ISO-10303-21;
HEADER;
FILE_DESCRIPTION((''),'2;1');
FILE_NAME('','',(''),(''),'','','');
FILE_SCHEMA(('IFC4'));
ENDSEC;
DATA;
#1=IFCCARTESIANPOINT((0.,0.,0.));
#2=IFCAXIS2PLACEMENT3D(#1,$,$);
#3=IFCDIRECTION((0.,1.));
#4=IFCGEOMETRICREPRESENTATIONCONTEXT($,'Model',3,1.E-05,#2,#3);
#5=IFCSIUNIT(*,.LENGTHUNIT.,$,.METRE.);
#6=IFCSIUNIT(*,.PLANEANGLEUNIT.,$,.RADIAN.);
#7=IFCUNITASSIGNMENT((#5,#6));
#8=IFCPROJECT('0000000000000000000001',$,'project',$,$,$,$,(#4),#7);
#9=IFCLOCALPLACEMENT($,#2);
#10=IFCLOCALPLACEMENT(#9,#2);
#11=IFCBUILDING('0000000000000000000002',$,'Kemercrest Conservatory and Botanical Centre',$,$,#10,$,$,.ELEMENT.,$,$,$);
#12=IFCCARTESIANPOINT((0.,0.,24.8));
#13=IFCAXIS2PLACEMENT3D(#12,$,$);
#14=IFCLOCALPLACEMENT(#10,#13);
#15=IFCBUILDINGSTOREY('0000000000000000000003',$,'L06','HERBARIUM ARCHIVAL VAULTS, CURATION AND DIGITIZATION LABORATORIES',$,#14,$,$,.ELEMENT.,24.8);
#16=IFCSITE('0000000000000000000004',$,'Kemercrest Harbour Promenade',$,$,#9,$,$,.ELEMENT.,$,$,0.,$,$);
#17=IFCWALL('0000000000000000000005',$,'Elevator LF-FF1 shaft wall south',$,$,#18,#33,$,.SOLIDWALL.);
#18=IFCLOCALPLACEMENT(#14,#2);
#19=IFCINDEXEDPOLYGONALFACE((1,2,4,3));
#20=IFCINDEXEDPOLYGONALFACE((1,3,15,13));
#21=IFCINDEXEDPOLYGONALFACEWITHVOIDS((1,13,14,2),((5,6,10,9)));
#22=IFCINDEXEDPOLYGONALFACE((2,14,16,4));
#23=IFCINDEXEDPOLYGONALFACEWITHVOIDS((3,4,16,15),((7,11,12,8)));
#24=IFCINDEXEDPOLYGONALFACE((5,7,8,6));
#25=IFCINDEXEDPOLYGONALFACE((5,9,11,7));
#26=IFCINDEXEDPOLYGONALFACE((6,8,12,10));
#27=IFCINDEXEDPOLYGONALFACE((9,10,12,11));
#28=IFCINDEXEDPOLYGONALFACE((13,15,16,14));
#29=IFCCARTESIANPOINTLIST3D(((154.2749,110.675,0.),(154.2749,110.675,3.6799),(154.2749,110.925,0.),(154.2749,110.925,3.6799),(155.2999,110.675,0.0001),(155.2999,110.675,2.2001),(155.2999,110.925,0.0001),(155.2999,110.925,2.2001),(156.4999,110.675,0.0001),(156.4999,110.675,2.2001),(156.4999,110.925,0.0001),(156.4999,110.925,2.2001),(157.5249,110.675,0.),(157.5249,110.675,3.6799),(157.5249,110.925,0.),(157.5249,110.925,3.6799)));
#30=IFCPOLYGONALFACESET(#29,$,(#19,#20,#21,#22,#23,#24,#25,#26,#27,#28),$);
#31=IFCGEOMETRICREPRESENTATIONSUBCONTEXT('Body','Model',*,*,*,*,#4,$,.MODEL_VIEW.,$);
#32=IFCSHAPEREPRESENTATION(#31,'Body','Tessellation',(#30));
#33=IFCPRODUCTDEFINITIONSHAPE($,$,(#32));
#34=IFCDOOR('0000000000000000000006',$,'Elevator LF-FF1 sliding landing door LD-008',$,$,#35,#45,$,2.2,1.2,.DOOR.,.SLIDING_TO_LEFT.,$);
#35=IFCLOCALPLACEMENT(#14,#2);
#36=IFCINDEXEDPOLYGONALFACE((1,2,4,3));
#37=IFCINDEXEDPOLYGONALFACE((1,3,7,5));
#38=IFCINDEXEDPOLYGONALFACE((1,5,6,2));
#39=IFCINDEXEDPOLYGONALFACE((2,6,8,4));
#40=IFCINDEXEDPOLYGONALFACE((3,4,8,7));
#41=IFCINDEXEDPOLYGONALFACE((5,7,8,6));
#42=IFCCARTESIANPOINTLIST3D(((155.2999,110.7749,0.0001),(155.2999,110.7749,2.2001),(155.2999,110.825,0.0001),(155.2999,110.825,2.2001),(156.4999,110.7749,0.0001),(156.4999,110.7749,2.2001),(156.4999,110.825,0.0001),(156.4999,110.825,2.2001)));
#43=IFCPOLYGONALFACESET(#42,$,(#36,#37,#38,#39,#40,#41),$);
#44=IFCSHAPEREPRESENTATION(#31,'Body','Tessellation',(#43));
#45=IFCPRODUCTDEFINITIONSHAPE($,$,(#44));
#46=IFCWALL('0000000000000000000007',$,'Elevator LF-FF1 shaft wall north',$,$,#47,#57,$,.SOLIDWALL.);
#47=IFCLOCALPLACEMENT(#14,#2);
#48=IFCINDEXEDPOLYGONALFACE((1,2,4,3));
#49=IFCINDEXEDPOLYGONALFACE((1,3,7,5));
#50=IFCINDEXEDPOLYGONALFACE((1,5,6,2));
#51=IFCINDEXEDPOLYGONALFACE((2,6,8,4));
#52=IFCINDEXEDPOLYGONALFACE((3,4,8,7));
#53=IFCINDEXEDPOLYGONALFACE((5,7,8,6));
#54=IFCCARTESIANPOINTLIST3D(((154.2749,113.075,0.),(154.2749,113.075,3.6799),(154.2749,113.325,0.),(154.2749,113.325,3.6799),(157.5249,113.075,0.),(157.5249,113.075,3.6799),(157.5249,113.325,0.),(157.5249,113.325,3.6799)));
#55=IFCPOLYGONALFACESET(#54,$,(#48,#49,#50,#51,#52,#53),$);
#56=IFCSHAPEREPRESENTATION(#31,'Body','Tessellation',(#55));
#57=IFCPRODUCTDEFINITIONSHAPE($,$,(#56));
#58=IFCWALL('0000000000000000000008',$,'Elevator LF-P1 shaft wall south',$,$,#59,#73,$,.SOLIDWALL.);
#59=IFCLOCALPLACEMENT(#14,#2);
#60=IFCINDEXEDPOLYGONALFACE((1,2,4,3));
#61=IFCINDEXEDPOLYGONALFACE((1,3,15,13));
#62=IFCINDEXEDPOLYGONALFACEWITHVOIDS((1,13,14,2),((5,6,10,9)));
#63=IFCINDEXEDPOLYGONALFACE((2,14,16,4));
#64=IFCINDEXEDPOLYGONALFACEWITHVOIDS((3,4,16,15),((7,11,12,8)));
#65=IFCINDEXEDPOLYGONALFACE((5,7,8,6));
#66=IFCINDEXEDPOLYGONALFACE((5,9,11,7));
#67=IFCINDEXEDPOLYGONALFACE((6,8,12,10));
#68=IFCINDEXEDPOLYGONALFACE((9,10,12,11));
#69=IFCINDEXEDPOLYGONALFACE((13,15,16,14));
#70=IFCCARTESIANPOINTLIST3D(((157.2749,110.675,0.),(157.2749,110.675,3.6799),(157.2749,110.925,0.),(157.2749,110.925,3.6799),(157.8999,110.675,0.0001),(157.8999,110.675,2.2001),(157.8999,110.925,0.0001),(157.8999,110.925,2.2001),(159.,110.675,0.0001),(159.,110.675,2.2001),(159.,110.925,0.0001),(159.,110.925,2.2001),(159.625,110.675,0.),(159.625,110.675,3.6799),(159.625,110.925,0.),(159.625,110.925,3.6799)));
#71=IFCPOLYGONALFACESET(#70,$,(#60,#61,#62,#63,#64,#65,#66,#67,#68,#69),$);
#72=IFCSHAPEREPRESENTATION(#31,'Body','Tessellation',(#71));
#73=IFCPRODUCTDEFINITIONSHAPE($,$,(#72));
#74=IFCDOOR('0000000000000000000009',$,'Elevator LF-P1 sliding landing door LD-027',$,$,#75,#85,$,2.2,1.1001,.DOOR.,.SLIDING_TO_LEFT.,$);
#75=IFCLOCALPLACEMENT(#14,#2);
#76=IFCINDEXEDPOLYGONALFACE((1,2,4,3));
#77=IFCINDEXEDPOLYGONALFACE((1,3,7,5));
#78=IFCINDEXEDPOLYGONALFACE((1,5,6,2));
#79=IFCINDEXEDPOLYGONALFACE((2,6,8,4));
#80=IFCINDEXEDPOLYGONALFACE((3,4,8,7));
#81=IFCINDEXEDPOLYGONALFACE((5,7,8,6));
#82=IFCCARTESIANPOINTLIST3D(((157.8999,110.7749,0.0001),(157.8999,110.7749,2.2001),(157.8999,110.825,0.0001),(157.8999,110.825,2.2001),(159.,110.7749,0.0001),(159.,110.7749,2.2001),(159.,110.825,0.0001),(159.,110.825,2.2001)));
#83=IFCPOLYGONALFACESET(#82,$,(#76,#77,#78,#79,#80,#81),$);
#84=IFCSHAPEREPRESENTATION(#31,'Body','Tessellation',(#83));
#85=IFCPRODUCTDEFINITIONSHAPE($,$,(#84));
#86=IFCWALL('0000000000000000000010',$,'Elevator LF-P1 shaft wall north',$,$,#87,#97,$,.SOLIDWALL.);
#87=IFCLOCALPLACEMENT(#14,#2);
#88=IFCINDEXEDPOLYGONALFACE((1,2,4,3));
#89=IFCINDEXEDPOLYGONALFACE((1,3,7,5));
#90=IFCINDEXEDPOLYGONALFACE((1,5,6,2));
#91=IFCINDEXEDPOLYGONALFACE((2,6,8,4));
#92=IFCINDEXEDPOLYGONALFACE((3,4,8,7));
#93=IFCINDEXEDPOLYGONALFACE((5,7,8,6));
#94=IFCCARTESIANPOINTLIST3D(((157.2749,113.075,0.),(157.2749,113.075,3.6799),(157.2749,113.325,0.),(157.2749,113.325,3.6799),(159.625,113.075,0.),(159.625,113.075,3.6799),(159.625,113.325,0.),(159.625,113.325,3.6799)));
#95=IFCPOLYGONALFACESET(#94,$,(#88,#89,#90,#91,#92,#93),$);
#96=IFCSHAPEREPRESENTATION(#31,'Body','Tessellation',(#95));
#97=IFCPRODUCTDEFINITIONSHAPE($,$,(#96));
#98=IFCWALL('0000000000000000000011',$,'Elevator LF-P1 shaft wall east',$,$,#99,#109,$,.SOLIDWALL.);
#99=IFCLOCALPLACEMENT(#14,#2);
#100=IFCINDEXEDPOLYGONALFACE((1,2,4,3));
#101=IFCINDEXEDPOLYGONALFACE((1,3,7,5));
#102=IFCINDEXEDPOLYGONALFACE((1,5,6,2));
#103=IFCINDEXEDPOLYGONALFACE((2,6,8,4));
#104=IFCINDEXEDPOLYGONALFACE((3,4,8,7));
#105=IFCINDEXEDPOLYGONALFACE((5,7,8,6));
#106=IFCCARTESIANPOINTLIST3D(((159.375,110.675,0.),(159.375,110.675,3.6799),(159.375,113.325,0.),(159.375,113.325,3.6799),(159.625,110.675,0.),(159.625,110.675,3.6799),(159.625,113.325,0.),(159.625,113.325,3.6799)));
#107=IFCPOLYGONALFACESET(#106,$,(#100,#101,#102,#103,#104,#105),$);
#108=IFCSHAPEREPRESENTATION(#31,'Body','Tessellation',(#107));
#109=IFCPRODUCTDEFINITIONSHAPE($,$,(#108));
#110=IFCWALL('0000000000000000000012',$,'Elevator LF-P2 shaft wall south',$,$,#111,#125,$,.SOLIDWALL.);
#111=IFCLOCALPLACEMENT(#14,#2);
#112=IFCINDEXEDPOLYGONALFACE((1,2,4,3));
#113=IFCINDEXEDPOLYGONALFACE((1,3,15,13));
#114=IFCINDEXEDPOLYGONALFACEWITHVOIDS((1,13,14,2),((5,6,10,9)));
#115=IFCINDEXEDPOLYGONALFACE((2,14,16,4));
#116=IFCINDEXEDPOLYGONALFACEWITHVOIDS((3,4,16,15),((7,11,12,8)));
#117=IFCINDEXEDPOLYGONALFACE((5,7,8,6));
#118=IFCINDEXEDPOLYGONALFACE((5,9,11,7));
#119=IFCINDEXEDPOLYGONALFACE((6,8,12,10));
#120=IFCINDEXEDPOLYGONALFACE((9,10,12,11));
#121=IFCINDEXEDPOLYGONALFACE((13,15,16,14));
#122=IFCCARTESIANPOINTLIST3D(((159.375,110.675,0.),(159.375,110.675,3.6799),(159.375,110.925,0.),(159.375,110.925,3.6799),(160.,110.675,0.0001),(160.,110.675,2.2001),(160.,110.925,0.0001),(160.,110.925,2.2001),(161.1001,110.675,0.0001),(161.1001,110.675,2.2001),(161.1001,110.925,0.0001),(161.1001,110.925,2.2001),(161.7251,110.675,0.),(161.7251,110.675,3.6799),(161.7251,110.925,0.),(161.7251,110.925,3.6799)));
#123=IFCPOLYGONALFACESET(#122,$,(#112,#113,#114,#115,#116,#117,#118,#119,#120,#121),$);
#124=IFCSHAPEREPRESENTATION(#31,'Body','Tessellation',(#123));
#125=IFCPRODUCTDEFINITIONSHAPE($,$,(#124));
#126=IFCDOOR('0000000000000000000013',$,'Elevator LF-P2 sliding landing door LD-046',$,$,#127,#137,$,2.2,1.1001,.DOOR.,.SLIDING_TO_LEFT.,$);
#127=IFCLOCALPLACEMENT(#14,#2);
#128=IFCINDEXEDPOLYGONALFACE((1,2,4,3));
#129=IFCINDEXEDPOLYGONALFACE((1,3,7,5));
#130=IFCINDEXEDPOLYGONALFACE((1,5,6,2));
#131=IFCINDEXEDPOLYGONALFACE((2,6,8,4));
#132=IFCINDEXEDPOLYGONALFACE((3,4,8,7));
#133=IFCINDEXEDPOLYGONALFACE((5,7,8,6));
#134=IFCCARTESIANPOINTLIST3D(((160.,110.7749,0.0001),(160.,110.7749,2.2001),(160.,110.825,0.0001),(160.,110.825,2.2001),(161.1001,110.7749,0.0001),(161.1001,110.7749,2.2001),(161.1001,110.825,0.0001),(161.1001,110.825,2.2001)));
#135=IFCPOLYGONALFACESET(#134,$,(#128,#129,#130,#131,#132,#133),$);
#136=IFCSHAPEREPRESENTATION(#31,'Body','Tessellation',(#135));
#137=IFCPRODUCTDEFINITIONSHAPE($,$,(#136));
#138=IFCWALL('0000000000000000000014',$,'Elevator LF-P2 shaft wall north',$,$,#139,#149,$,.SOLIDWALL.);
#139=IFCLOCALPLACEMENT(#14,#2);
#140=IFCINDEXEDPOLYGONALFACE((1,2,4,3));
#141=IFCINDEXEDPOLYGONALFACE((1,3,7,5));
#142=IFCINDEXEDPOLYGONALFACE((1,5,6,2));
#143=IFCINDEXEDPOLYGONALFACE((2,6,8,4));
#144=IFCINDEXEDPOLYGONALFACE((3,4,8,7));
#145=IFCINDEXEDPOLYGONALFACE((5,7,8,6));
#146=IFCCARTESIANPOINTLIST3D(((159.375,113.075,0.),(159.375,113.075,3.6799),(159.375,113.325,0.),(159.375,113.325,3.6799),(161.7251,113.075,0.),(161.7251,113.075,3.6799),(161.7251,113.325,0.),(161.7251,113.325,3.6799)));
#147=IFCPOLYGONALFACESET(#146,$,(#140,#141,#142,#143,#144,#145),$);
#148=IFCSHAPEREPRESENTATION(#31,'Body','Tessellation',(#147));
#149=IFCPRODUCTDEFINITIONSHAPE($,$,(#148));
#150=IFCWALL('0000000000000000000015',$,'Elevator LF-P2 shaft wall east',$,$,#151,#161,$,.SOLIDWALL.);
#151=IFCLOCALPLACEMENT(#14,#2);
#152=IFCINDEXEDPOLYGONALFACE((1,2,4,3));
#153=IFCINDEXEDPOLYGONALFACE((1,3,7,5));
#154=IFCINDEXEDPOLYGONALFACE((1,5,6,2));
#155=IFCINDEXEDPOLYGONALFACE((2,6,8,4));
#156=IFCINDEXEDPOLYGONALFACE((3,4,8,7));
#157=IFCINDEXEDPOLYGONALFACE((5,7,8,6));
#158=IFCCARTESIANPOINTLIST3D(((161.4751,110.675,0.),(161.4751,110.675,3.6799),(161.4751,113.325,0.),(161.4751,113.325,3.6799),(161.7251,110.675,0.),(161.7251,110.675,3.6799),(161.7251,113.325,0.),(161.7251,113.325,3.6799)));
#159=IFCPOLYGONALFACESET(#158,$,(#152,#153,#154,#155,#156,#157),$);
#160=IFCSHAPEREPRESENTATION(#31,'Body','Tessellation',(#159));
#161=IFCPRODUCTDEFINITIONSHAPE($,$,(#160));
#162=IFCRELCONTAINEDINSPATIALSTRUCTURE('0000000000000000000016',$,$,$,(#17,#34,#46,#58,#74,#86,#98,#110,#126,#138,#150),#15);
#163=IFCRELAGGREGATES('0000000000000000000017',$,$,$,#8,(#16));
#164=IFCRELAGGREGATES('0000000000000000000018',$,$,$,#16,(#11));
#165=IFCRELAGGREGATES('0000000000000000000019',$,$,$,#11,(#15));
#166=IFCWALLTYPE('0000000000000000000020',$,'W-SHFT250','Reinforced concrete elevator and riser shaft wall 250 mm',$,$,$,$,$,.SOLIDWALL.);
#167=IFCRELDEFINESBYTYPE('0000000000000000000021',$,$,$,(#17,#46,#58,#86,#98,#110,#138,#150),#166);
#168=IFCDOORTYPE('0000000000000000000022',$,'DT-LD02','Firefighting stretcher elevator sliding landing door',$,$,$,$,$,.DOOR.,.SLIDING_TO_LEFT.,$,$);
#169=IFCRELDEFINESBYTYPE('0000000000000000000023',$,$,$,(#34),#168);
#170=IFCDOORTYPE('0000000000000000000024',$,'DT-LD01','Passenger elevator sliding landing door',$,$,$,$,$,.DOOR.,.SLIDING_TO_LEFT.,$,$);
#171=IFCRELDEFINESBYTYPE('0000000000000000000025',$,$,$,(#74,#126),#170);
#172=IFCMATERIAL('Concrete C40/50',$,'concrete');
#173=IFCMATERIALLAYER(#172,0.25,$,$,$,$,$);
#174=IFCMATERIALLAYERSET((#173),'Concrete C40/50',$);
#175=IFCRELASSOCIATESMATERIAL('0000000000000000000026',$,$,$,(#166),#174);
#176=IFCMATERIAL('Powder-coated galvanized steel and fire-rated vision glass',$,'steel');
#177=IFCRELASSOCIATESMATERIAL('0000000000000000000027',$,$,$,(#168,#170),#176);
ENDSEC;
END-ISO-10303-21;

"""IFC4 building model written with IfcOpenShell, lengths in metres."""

from ifc_helpers import new_model, si_unit, direction, frame, frame_2d, origin, place, context, subcontext, project, spatial, rectangle, extrude, material, layer, layer_set, type_object, element, fill, save


model = new_model("IFC4")

# Units and contexts
model_context = context("Model", 3, precision=1e-05, world=origin(), true_north=direction((0.0, 1.0)))
body_context = subcontext(model_context, "Body", "Model", "MODEL_VIEW")
ifc_project = project(units=[si_unit("LENGTHUNIT", "METRE"), si_unit("PLANEANGLEUNIT", "RADIAN")], contexts=[model_context])

# Site, building, storey
site_placement = place(None, origin())
site = spatial("IfcSite", under=ifc_project, at=site_placement, Name="Kemercrest Harbour Promenade", CompositionType="ELEMENT", RefElevation=0.0)
building_placement = place(site_placement, origin())
building = spatial("IfcBuilding", under=site, at=building_placement, Name="Kemercrest Conservatory and Botanical Centre", CompositionType="ELEMENT")
storey_placement = place(building_placement, frame((0.0, 0.0, 24.8)))
storey = spatial("IfcBuildingStorey", under=building, at=storey_placement, Name="L06", Description="HERBARIUM ARCHIVAL VAULTS, CURATION AND DIGITIZATION LABORATORIES", CompositionType="ELEMENT", Elevation=24.8)

# Shared definitions
ifc_material_1 = material(Name="Concrete C40/50", Category="concrete")

# Wall, opening, door
ifc_material_2 = material(Name="Powder-coated galvanized steel and fire-rated vision glass", Category="steel")
ifc_layer_1 = layer(ifc_material_1, 0.25)
ifc_layer_set_1 = layer_set([ifc_layer_1], Name="Concrete C40/50")
wall_type_1 = type_object("IfcWallType", Name="W-SHFT250", Description="Reinforced concrete elevator and riser shaft wall 250 mm", PredefinedType="SOLIDWALL", material=ifc_layer_set_1)
wall_1_placement = place(storey_placement, frame((154.2749, 110.8, 0.0), z_axis=(0.0, 0.0, 1.0), x_axis=(1.0, 0.0, 0.0)))
wall_1 = element("IfcWall", 1, at=wall_1_placement, inside=storey, type_object=wall_type_1, Name="Elevator LF-FF1 shaft wall south", PredefinedType="SOLIDWALL", context=body_context, shape_type="SweptSolid", body=[
    extrude(rectangle(XDim=3.25, YDim=0.25, at=frame_2d((1.625, 0.0))), origin(), (0.0, 0.0, 1.0), 3.6799),
])
opening_1_placement = place(wall_1_placement, frame((1.0249, 0.0, 0.0)))
opening_1 = element("IfcOpeningElement", 2, at=opening_1_placement, cuts=wall_1, PredefinedType="OPENING", context=body_context, shape_type="SweptSolid", body=[
    extrude(rectangle(XDim=1.2, YDim=2.2, at=frame_2d((0.6001, 1.1001))), frame((0.0, 0.135, 0.0), z_axis=(0.0, -1.0, 0.0), x_axis=(1.0, 0.0, 0.0)), (0.0, 0.0, 1.0), 0.27),
])
door_type_1 = type_object("IfcDoorType", Name="DT-LD02", Description="Firefighting stretcher elevator sliding landing door", OperationType="SLIDING_TO_LEFT", PredefinedType="DOOR", material=ifc_material_2)
door_1_placement = place(opening_1_placement, origin())
door_1 = element("IfcDoor", 3, at=door_1_placement, inside=storey, type_object=door_type_1, Name="Elevator LF-FF1 sliding landing door LD-008", OperationType="SLIDING_TO_LEFT", OverallHeight=2.2, OverallWidth=1.2, PredefinedType="DOOR", context=body_context, shape_type="SweptSolid", body=[
    extrude(rectangle(XDim=1.2, YDim=2.2, at=frame_2d((0.6001, 1.1001))), frame((0.0, 0.0249, 0.0), z_axis=(0.0, -1.0, 0.0), x_axis=(1.0, 0.0, 0.0)), (0.0, 0.0, 1.0), 0.05),
])
fill(opening_1, door_1)

# Wall
wall_2_placement = place(storey_placement, frame((154.2749, 113.2, 0.0), z_axis=(0.0, 0.0, 1.0), x_axis=(1.0, 0.0, 0.0)))
element("IfcWall", 4, at=wall_2_placement, inside=storey, type_object=wall_type_1, Name="Elevator LF-FF1 shaft wall north", PredefinedType="SOLIDWALL", context=body_context, shape_type="SweptSolid", body=[
    extrude(rectangle(XDim=3.25, YDim=0.25, at=frame_2d((1.625, 0.0))), origin(), (0.0, 0.0, 1.0), 3.6799),
])

# Wall, opening, door
wall_3_placement = place(storey_placement, frame((157.2749, 110.8, 0.0), z_axis=(0.0, 0.0, 1.0), x_axis=(1.0, 0.0, 0.0)))
wall_3 = element("IfcWall", 5, at=wall_3_placement, inside=storey, type_object=wall_type_1, Name="Elevator LF-P1 shaft wall south", PredefinedType="SOLIDWALL", context=body_context, shape_type="SweptSolid", body=[
    extrude(rectangle(XDim=2.3501, YDim=0.25, at=frame_2d((1.175, 0.0))), origin(), (0.0, 0.0, 1.0), 3.6799),
])
opening_2_placement = place(wall_3_placement, frame((0.625, 0.0, 0.0)))
opening_2 = element("IfcOpeningElement", 6, at=opening_2_placement, cuts=wall_3, PredefinedType="OPENING", context=body_context, shape_type="SweptSolid", body=[
    extrude(rectangle(XDim=1.1001, YDim=2.2, at=frame_2d((0.55, 1.1001))), frame((0.0, 0.135, 0.0), z_axis=(0.0, -1.0, 0.0), x_axis=(1.0, 0.0, 0.0)), (0.0, 0.0, 1.0), 0.27),
])
door_type_2 = type_object("IfcDoorType", Name="DT-LD01", Description="Passenger elevator sliding landing door", OperationType="SLIDING_TO_LEFT", PredefinedType="DOOR", material=ifc_material_2)
door_2_placement = place(opening_2_placement, origin())
door_2 = element("IfcDoor", 7, at=door_2_placement, inside=storey, type_object=door_type_2, Name="Elevator LF-P1 sliding landing door LD-027", OperationType="SLIDING_TO_LEFT", OverallHeight=2.2, OverallWidth=1.1001, PredefinedType="DOOR", context=body_context, shape_type="SweptSolid", body=[
    extrude(rectangle(XDim=1.1001, YDim=2.2, at=frame_2d((0.55, 1.1001))), frame((0.0, 0.0249, 0.0), z_axis=(0.0, -1.0, 0.0), x_axis=(1.0, 0.0, 0.0)), (0.0, 0.0, 1.0), 0.05),
])
fill(opening_2, door_2)

# Walls
wall_4_placement = place(storey_placement, frame((157.2749, 113.2, 0.0), z_axis=(0.0, 0.0, 1.0), x_axis=(1.0, 0.0, 0.0)))
element("IfcWall", 8, at=wall_4_placement, inside=storey, type_object=wall_type_1, Name="Elevator LF-P1 shaft wall north", PredefinedType="SOLIDWALL", context=body_context, shape_type="SweptSolid", body=[
    extrude(rectangle(XDim=2.3501, YDim=0.25, at=frame_2d((1.175, 0.0))), origin(), (0.0, 0.0, 1.0), 3.6799),
])
wall_5_placement = place(storey_placement, frame((159.5, 110.675, 0.0), z_axis=(0.0, 0.0, 1.0), x_axis=(0.0, 1.0, 0.0)))
element("IfcWall", 9, at=wall_5_placement, inside=storey, type_object=wall_type_1, Name="Elevator LF-P1 shaft wall east", PredefinedType="SOLIDWALL", context=body_context, shape_type="SweptSolid", body=[
    extrude(rectangle(XDim=2.6499, YDim=0.25, at=frame_2d((1.325, 0.0))), origin(), (0.0, 0.0, 1.0), 3.6799),
])

# Wall, opening, door
wall_6_placement = place(storey_placement, frame((159.375, 110.8, 0.0), z_axis=(0.0, 0.0, 1.0), x_axis=(1.0, 0.0, 0.0)))
wall_6 = element("IfcWall", 10, at=wall_6_placement, inside=storey, type_object=wall_type_1, Name="Elevator LF-P2 shaft wall south", PredefinedType="SOLIDWALL", context=body_context, shape_type="SweptSolid", body=[
    extrude(rectangle(XDim=2.3501, YDim=0.25, at=frame_2d((1.175, 0.0))), origin(), (0.0, 0.0, 1.0), 3.6799),
])
opening_3_placement = place(wall_6_placement, frame((0.625, 0.0, 0.0)))
opening_3 = element("IfcOpeningElement", 11, at=opening_3_placement, cuts=wall_6, PredefinedType="OPENING", context=body_context, shape_type="SweptSolid", body=[
    extrude(rectangle(XDim=1.1001, YDim=2.2, at=frame_2d((0.55, 1.1001))), frame((0.0, 0.135, 0.0), z_axis=(0.0, -1.0, 0.0), x_axis=(1.0, 0.0, 0.0)), (0.0, 0.0, 1.0), 0.27),
])
door_3_placement = place(opening_3_placement, origin())
door_3 = element("IfcDoor", 12, at=door_3_placement, inside=storey, type_object=door_type_2, Name="Elevator LF-P2 sliding landing door LD-046", OperationType="SLIDING_TO_LEFT", OverallHeight=2.2, OverallWidth=1.1001, PredefinedType="DOOR", context=body_context, shape_type="SweptSolid", body=[
    extrude(rectangle(XDim=1.1001, YDim=2.2, at=frame_2d((0.55, 1.1001))), frame((0.0, 0.0249, 0.0), z_axis=(0.0, -1.0, 0.0), x_axis=(1.0, 0.0, 0.0)), (0.0, 0.0, 1.0), 0.05),
])
fill(opening_3, door_3)

# Walls
wall_7_placement = place(storey_placement, frame((159.375, 113.2, 0.0), z_axis=(0.0, 0.0, 1.0), x_axis=(1.0, 0.0, 0.0)))
element("IfcWall", 13, at=wall_7_placement, inside=storey, type_object=wall_type_1, Name="Elevator LF-P2 shaft wall north", PredefinedType="SOLIDWALL", context=body_context, shape_type="SweptSolid", body=[
    extrude(rectangle(XDim=2.3501, YDim=0.25, at=frame_2d((1.175, 0.0))), origin(), (0.0, 0.0, 1.0), 3.6799),
])
wall_8_placement = place(storey_placement, frame((161.6001, 110.675, 0.0), z_axis=(0.0, 0.0, 1.0), x_axis=(0.0, 1.0, 0.0)))
element("IfcWall", 14, at=wall_8_placement, inside=storey, type_object=wall_type_1, Name="Elevator LF-P2 shaft wall east", PredefinedType="SOLIDWALL", context=body_context, shape_type="SweptSolid", body=[
    extrude(rectangle(XDim=2.6499, YDim=0.25, at=frame_2d((1.325, 0.0))), origin(), (0.0, 0.0, 1.0), 3.6799),
])

save(model, "model.ifc")
